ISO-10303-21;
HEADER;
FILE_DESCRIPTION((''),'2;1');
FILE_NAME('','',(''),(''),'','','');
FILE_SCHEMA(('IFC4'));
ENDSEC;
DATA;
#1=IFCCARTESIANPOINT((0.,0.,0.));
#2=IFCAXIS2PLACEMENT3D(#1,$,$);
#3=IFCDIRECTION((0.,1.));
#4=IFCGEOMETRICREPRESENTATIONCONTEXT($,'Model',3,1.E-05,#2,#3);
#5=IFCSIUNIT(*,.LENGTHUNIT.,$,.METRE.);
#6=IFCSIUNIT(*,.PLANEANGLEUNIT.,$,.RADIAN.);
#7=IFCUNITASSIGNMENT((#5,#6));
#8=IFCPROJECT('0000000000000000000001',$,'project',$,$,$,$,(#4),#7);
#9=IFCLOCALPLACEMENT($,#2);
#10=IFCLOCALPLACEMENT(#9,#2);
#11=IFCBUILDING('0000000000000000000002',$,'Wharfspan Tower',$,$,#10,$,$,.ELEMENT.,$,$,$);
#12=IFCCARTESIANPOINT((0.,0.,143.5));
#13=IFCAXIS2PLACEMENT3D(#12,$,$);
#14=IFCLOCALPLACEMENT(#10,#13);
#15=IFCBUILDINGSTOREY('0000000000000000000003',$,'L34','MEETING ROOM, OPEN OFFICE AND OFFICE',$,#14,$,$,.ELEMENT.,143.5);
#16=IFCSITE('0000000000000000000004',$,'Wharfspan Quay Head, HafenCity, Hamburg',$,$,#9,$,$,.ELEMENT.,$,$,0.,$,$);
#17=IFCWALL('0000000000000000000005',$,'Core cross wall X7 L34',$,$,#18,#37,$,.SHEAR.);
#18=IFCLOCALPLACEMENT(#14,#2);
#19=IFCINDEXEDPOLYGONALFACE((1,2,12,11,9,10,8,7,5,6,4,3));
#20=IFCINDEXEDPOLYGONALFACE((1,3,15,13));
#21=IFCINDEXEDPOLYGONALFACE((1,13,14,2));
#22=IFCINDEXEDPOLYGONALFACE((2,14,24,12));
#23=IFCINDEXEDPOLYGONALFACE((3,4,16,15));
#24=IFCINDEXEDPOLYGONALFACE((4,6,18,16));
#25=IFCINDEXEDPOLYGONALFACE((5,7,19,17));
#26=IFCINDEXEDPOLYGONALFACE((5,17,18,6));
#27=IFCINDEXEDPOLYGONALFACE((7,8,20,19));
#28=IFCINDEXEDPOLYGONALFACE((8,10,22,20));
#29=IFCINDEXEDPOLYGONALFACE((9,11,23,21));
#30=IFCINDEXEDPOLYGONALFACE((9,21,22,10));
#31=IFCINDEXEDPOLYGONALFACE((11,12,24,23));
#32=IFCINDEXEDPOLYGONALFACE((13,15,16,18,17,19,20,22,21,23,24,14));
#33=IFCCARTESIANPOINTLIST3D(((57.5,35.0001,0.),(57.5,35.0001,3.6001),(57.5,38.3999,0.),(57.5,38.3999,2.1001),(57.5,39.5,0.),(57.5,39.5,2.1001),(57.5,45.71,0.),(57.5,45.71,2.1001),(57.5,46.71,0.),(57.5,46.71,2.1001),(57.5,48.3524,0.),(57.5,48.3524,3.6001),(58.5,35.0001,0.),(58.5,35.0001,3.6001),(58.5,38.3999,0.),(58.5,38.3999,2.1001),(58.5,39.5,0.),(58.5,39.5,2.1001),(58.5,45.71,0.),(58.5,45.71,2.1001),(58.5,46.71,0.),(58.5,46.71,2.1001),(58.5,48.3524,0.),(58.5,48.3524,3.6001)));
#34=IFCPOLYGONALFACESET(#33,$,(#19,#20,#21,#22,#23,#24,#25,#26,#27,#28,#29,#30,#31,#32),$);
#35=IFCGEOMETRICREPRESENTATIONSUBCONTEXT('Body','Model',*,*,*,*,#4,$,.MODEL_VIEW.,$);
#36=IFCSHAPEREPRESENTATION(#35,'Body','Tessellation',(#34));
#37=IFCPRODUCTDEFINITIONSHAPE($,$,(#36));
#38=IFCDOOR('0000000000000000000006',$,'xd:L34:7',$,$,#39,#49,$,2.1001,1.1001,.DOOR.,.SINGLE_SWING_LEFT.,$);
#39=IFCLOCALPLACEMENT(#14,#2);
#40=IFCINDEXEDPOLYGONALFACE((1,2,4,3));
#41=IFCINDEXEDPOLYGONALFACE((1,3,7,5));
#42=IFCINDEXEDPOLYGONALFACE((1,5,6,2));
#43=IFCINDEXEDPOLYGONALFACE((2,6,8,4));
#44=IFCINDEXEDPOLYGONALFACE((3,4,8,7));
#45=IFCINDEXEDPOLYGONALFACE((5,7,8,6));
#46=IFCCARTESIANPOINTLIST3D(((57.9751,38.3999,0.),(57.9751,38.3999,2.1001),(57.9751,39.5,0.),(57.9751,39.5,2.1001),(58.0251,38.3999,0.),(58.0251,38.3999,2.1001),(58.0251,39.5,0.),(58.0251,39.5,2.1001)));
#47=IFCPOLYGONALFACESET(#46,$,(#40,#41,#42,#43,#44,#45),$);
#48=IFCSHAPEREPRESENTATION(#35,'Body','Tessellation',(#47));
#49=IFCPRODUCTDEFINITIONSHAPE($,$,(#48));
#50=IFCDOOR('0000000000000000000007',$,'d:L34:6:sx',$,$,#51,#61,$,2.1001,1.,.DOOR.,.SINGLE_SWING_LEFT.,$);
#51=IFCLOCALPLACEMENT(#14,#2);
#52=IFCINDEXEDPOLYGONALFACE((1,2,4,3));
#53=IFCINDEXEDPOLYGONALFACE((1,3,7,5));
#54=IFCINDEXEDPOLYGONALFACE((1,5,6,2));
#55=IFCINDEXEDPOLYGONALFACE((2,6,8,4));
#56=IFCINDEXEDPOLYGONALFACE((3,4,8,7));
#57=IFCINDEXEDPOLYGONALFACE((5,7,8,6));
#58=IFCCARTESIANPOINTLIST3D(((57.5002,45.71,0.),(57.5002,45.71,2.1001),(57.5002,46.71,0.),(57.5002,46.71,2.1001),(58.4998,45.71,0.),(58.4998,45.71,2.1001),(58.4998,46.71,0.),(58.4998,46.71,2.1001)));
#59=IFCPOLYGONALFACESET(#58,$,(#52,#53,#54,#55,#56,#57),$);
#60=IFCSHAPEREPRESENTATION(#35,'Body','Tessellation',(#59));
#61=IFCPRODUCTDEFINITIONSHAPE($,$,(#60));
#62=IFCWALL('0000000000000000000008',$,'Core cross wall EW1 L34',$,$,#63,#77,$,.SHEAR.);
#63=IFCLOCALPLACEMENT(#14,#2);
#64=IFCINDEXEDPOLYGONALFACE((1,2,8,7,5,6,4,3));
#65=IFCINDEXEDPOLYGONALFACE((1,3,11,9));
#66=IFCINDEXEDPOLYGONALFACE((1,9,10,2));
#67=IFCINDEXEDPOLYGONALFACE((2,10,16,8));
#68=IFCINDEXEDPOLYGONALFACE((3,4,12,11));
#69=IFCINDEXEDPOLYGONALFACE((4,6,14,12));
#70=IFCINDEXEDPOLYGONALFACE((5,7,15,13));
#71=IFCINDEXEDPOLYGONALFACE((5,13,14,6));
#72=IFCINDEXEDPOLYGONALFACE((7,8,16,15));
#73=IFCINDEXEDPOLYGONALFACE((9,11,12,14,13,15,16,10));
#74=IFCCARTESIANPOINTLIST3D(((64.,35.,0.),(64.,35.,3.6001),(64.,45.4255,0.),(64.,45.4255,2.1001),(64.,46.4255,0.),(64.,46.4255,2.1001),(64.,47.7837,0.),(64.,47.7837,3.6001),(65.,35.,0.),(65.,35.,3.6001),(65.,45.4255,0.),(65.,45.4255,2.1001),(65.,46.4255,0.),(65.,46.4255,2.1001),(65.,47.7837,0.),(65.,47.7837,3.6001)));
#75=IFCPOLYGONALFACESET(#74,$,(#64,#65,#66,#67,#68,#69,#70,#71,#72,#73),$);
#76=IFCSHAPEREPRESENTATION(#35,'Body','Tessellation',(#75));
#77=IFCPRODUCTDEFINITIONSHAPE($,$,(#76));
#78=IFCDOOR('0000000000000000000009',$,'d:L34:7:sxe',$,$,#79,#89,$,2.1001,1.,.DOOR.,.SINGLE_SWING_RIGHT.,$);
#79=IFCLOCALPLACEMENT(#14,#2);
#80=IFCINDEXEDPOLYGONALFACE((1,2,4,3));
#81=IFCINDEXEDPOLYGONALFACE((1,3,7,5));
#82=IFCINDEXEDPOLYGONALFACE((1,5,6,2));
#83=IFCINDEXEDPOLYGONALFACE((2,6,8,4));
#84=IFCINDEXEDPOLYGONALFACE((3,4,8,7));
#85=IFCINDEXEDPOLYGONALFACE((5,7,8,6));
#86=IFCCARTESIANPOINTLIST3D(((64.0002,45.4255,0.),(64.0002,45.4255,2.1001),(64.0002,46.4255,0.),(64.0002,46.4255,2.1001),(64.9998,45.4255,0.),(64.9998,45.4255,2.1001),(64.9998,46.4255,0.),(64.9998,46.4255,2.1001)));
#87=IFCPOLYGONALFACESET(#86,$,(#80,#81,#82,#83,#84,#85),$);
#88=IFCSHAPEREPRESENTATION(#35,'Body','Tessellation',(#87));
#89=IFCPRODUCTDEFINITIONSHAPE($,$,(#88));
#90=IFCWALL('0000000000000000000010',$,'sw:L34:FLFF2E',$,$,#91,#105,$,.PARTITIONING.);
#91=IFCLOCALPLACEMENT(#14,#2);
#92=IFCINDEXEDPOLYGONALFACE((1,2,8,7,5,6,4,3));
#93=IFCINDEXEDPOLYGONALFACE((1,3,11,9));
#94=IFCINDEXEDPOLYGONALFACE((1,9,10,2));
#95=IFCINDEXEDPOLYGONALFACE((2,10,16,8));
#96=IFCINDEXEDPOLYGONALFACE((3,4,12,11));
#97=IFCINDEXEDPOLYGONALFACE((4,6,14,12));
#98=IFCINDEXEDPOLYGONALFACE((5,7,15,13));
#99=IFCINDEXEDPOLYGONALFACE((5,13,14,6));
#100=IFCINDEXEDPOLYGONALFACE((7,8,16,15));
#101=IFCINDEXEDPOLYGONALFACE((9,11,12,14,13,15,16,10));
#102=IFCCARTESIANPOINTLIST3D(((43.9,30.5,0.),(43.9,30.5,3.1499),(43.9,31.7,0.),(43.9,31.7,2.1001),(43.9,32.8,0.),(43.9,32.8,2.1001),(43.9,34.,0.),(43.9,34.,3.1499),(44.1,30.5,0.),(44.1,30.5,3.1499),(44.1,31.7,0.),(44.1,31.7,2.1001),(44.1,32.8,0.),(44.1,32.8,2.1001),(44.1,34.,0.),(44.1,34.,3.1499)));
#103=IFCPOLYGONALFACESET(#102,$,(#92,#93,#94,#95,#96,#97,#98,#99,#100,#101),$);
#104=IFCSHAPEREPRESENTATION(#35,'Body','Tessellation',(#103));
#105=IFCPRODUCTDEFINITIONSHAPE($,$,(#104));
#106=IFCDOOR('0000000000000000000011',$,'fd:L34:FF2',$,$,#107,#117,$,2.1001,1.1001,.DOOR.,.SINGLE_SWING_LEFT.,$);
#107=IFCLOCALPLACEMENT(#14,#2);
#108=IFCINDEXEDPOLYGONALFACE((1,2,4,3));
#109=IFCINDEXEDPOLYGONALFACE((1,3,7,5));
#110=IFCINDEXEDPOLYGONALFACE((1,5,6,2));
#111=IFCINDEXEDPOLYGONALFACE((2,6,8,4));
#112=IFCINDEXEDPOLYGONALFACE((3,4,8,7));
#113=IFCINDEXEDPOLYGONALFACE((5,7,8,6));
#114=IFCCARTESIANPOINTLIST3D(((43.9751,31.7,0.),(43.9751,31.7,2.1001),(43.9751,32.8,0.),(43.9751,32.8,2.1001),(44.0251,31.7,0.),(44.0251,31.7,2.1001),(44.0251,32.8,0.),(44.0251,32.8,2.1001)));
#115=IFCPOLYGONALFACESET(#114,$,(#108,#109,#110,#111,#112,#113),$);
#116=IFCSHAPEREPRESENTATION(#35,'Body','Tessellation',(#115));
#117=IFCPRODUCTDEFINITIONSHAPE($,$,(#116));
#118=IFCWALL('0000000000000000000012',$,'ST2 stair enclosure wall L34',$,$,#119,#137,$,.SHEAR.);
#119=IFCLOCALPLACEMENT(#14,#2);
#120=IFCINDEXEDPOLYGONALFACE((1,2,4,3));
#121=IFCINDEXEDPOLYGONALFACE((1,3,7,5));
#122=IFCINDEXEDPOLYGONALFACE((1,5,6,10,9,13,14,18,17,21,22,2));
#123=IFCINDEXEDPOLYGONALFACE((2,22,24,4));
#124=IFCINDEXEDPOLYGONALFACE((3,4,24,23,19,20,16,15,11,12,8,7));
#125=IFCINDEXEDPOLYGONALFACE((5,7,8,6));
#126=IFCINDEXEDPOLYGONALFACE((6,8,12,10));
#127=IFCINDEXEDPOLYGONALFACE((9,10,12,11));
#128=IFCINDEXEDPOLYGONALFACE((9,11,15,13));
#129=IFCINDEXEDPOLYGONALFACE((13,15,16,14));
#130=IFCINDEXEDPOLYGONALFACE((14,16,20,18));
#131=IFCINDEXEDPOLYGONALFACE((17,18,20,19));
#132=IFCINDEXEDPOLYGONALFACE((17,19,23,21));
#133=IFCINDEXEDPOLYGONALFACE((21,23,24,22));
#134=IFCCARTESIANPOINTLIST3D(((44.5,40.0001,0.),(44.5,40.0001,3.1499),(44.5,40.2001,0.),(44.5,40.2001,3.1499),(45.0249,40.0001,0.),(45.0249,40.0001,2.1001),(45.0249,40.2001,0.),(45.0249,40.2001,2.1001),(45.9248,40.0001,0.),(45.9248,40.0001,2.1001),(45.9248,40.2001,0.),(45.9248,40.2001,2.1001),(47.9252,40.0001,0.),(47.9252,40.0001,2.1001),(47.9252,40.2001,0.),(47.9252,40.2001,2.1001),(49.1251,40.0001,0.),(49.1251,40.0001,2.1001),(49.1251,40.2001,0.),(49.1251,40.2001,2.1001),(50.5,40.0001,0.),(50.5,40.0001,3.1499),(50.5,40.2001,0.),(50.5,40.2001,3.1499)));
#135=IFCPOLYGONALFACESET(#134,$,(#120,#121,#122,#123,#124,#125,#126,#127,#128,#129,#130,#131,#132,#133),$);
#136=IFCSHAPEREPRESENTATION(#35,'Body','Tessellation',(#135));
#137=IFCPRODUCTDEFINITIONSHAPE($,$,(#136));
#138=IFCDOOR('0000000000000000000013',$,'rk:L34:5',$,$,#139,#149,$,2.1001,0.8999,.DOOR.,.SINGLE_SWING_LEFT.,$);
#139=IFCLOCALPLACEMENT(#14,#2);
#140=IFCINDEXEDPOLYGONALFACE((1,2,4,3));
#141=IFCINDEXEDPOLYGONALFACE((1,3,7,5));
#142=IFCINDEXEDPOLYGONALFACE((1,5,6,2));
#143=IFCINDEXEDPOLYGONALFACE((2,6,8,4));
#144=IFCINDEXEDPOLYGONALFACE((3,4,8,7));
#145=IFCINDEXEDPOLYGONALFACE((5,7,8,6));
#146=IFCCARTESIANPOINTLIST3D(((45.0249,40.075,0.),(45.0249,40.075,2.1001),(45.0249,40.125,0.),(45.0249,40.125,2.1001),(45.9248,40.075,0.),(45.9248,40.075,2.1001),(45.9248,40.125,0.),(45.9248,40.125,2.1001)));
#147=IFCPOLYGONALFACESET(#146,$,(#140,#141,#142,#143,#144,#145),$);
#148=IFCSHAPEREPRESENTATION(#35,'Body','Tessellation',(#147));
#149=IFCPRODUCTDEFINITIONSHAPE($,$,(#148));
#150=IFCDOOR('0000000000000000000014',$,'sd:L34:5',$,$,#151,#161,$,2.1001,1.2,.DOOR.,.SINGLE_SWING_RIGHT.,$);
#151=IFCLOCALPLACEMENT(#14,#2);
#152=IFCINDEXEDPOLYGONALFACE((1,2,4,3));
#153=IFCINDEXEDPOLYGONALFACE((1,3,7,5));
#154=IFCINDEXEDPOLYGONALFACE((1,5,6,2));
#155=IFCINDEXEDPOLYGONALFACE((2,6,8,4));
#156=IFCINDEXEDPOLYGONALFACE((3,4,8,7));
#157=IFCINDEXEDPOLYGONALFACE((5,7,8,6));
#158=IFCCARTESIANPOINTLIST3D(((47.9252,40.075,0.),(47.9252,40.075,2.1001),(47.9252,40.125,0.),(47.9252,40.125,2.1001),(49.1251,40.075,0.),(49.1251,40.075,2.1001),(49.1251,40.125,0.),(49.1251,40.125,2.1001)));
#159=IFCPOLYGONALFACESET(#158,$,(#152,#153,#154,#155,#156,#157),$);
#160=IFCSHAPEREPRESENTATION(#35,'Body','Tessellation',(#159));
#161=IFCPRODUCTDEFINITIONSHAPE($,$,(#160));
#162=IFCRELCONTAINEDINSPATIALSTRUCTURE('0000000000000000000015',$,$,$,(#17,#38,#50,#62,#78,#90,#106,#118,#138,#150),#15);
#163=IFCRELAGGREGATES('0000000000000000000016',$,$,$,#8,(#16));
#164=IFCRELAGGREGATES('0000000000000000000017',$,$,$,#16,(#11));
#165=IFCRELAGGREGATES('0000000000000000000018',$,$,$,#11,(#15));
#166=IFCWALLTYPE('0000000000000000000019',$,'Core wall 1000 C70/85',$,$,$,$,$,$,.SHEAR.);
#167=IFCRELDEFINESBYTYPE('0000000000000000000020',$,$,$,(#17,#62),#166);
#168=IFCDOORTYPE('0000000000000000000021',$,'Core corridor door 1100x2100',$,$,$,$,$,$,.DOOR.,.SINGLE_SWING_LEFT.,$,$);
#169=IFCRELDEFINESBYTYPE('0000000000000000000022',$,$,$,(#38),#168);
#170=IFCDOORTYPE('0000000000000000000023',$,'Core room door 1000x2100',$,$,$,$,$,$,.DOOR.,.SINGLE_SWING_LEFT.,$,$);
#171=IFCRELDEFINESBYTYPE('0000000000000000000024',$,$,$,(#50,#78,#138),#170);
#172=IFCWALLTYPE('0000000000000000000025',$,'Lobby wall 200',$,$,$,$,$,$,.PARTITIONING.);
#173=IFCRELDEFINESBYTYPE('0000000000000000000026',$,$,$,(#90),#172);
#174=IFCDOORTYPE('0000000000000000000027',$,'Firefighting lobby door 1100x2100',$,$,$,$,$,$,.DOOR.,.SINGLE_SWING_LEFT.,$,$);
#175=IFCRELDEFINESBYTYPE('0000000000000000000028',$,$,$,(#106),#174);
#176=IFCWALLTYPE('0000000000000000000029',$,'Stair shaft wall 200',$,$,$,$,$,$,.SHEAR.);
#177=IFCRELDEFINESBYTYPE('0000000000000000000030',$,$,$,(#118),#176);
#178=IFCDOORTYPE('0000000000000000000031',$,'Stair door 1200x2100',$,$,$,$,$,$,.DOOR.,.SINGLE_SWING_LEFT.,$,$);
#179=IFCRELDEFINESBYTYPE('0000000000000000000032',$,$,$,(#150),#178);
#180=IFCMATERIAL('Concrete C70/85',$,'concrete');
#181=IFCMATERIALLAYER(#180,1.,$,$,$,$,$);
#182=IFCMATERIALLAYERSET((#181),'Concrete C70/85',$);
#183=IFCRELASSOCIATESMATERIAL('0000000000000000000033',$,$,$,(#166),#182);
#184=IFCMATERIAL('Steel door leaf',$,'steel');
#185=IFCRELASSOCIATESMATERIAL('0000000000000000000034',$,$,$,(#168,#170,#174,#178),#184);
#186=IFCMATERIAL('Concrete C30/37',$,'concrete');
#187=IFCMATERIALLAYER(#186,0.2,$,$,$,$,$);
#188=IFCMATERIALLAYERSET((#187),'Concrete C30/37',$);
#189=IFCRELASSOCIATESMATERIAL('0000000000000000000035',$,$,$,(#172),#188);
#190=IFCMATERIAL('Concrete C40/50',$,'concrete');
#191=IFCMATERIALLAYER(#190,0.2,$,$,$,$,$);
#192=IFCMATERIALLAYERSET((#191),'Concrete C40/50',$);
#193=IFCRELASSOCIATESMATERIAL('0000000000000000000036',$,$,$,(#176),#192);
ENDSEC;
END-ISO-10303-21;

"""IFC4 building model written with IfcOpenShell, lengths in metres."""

from ifc_helpers import new_model, si_unit, direction, frame, frame_2d, origin, place, context, subcontext, project, spatial, rectangle, extrude, material, layer, layer_set, type_object, element, fill, save


model = new_model("IFC4")

# Units and contexts
model_context = context("Model", 3, precision=1e-05, world=origin(), true_north=direction((0.0, 1.0)))
body_context = subcontext(model_context, "Body", "Model", "MODEL_VIEW")
ifc_project = project(units=[si_unit("LENGTHUNIT", "METRE"), si_unit("PLANEANGLEUNIT", "RADIAN")], contexts=[model_context])

# Site, building, storey
site_placement = place(None, origin())
site = spatial("IfcSite", under=ifc_project, at=site_placement, Name="Wharfspan Quay Head, HafenCity, Hamburg", CompositionType="ELEMENT", RefElevation=0.0)
building_placement = place(site_placement, origin())
building = spatial("IfcBuilding", under=site, at=building_placement, Name="Wharfspan Tower", CompositionType="ELEMENT")
storey_placement = place(building_placement, frame((0.0, 0.0, 143.5)))
storey = spatial("IfcBuildingStorey", under=building, at=storey_placement, Name="L34", Description="MEETING ROOM, OPEN OFFICE AND OFFICE", CompositionType="ELEMENT", Elevation=143.5)

# Shared definitions
ifc_material_1 = material(Name="Concrete C70/85", Category="concrete")
ifc_layer_1 = layer(ifc_material_1, 1.0)
ifc_layer_set_1 = layer_set([ifc_layer_1], Name="Concrete C70/85")
wall_type_1 = type_object("IfcWallType", Name="Core wall 1000 C70/85", PredefinedType="SHEAR", material=ifc_layer_set_1)
ifc_material_2 = material(Name="Steel door leaf", Category="steel")
door_type_1 = type_object("IfcDoorType", Name="Core corridor door 1100x2100", OperationType="SINGLE_SWING_LEFT", PredefinedType="DOOR", material=ifc_material_2)
door_type_2 = type_object("IfcDoorType", Name="Core room door 1000x2100", OperationType="SINGLE_SWING_LEFT", PredefinedType="DOOR", material=ifc_material_2)

# Wall, openings, doors
wall_1_placement = place(storey_placement, frame((58.0, 35.0, 0.0), z_axis=(0.0, 0.0, 1.0), x_axis=(0.0, 1.0, 0.0)))
wall_1 = element("IfcWall", 1, at=wall_1_placement, inside=storey, type_object=wall_type_1, Name="Core cross wall X7 L34", PredefinedType="SHEAR", context=body_context, shape_type="SweptSolid", body=[
    extrude(rectangle(XDim=13.3523, YDim=1.0, at=frame_2d((6.6763, 0.0))), origin(), (0.0, 0.0, 1.0), 3.6001),
])
opening_1_placement = place(wall_1_placement, frame((10.71, 0.0, 0.0)))
opening_1 = element("IfcOpeningElement", 2, at=opening_1_placement, cuts=wall_1, PredefinedType="OPENING", context=body_context, shape_type="SweptSolid", body=[
    extrude(rectangle(XDim=1.0, YDim=2.1001, at=frame_2d((0.5, 1.05))), frame((0.0, 0.51, 0.0), z_axis=(0.0, -1.0, 0.0), x_axis=(1.0, 0.0, 0.0)), (0.0, 0.0, 1.0), 1.02),
])
opening_2_placement = place(wall_1_placement, frame((3.3999, 0.0, 0.0)))
opening_2 = element("IfcOpeningElement", 3, at=opening_2_placement, cuts=wall_1, PredefinedType="OPENING", context=body_context, shape_type="SweptSolid", body=[
    extrude(rectangle(XDim=1.1001, YDim=2.1001, at=frame_2d((0.55, 1.05))), frame((0.0, 0.51, 0.0), z_axis=(0.0, -1.0, 0.0), x_axis=(1.0, 0.0, 0.0)), (0.0, 0.0, 1.0), 1.02),
])
door_1_placement = place(opening_2_placement, origin())
door_1 = element("IfcDoor", 4, at=door_1_placement, inside=storey, type_object=door_type_1, Name="xd:L34:7", OperationType="SINGLE_SWING_LEFT", OverallHeight=2.1001, OverallWidth=1.1001, PredefinedType="DOOR", context=body_context, shape_type="SweptSolid", body=[
    extrude(rectangle(XDim=1.1001, YDim=2.1001, at=frame_2d((0.55, 1.05))), frame((0.0, 0.0249, 0.0), z_axis=(0.0, -1.0, 0.0), x_axis=(1.0, 0.0, 0.0)), (0.0, 0.0, 1.0), 0.05),
])
fill(opening_2, door_1)
door_2_placement = place(opening_1_placement, origin())
door_2 = element("IfcDoor", 5, at=door_2_placement, inside=storey, type_object=door_type_2, Name="d:L34:6:sx", OperationType="SINGLE_SWING_LEFT", OverallHeight=2.1001, OverallWidth=1.0, PredefinedType="DOOR", context=body_context, shape_type="SweptSolid", body=[
    extrude(rectangle(XDim=1.0, YDim=2.1001, at=frame_2d((0.5, 1.05))), frame((0.0, 0.4998, 0.0), z_axis=(0.0, -1.0, 0.0), x_axis=(1.0, 0.0, 0.0)), (0.0, 0.0, 1.0), 0.9995),
])
fill(opening_1, door_2)

# Walls, openings, doors
wall_2_placement = place(storey_placement, frame((64.5, 35.0, 0.0), z_axis=(0.0, 0.0, 1.0), x_axis=(0.0, 1.0, 0.0)))
wall_2 = element("IfcWall", 6, at=wall_2_placement, inside=storey, type_object=wall_type_1, Name="Core cross wall EW1 L34", PredefinedType="SHEAR", context=body_context, shape_type="SweptSolid", body=[
    extrude(rectangle(XDim=12.7837, YDim=1.0, at=frame_2d((6.3918, 0.0))), origin(), (0.0, 0.0, 1.0), 3.6001),
])
opening_3_placement = place(wall_2_placement, frame((10.4255, 0.0, 0.0)))
opening_3 = element("IfcOpeningElement", 7, at=opening_3_placement, cuts=wall_2, PredefinedType="OPENING", context=body_context, shape_type="SweptSolid", body=[
    extrude(rectangle(XDim=1.0, YDim=2.1001, at=frame_2d((0.5, 1.05))), frame((0.0, 0.51, 0.0), z_axis=(0.0, -1.0, 0.0), x_axis=(1.0, 0.0, 0.0)), (0.0, 0.0, 1.0), 1.02),
])
door_3_placement = place(opening_3_placement, origin())
door_3 = element("IfcDoor", 8, at=door_3_placement, inside=storey, type_object=door_type_2, Name="d:L34:7:sxe", OperationType="SINGLE_SWING_RIGHT", OverallHeight=2.1001, OverallWidth=1.0, PredefinedType="DOOR", context=body_context, shape_type="SweptSolid", body=[
    extrude(rectangle(XDim=1.0, YDim=2.1001, at=frame_2d((0.5, 1.05))), frame((0.0, 0.4998, 0.0), z_axis=(0.0, -1.0, 0.0), x_axis=(1.0, 0.0, 0.0)), (0.0, 0.0, 1.0), 0.9995),
])
fill(opening_3, door_3)
ifc_material_3 = material(Name="Concrete C30/37", Category="concrete")
ifc_layer_2 = layer(ifc_material_3, 0.2)
ifc_layer_set_2 = layer_set([ifc_layer_2], Name="Concrete C30/37")
wall_type_2 = type_object("IfcWallType", Name="Lobby wall 200", PredefinedType="PARTITIONING", material=ifc_layer_set_2)
wall_3_placement = place(storey_placement, frame((44.0, 30.5, 0.0), z_axis=(0.0, 0.0, 1.0), x_axis=(0.0, 1.0, 0.0)))
wall_3 = element("IfcWall", 9, at=wall_3_placement, inside=storey, type_object=wall_type_2, Name="sw:L34:FLFF2E", PredefinedType="PARTITIONING", context=body_context, shape_type="SweptSolid", body=[
    extrude(rectangle(XDim=3.5, YDim=0.2, at=frame_2d((1.75, 0.0))), origin(), (0.0, 0.0, 1.0), 3.1499),
])
opening_4_placement = place(wall_3_placement, frame((1.2, 0.0, 0.0)))
opening_4 = element("IfcOpeningElement", 10, at=opening_4_placement, cuts=wall_3, PredefinedType="OPENING", context=body_context, shape_type="SweptSolid", body=[
    extrude(rectangle(XDim=1.1001, YDim=2.1001, at=frame_2d((0.55, 1.05))), frame((0.0, 0.1099, 0.0), z_axis=(0.0, -1.0, 0.0), x_axis=(1.0, 0.0, 0.0)), (0.0, 0.0, 1.0), 0.22),
])
door_type_3 = type_object("IfcDoorType", Name="Firefighting lobby door 1100x2100", OperationType="SINGLE_SWING_LEFT", PredefinedType="DOOR", material=ifc_material_2)
door_4_placement = place(opening_4_placement, origin())
door_4 = element("IfcDoor", 11, at=door_4_placement, inside=storey, type_object=door_type_3, Name="fd:L34:FF2", OperationType="SINGLE_SWING_LEFT", OverallHeight=2.1001, OverallWidth=1.1001, PredefinedType="DOOR", context=body_context, shape_type="SweptSolid", body=[
    extrude(rectangle(XDim=1.1001, YDim=2.1001, at=frame_2d((0.55, 1.05))), frame((0.0, 0.0249, 0.0), z_axis=(0.0, -1.0, 0.0), x_axis=(1.0, 0.0, 0.0)), (0.0, 0.0, 1.0), 0.05),
])
fill(opening_4, door_4)

# Wall, openings, doors
ifc_material_4 = material(Name="Concrete C40/50", Category="concrete")
ifc_layer_3 = layer(ifc_material_4, 0.2)
ifc_layer_set_3 = layer_set([ifc_layer_3], Name="Concrete C40/50")
wall_type_3 = type_object("IfcWallType", Name="Stair shaft wall 200", PredefinedType="SHEAR", material=ifc_layer_set_3)
wall_4_placement = place(storey_placement, frame((44.5, 40.1001, 0.0), z_axis=(0.0, 0.0, 1.0), x_axis=(1.0, 0.0, 0.0)))
wall_4 = element("IfcWall", 12, at=wall_4_placement, inside=storey, type_object=wall_type_3, Name="ST2 stair enclosure wall L34", PredefinedType="SHEAR", context=body_context, shape_type="SweptSolid", body=[
    extrude(rectangle(XDim=6.0, YDim=0.2, at=frame_2d((3.0, 0.0))), origin(), (0.0, 0.0, 1.0), 3.1499),
])
opening_5_placement = place(wall_4_placement, frame((3.425, 0.0, 0.0)))
opening_5 = element("IfcOpeningElement", 13, at=opening_5_placement, cuts=wall_4, PredefinedType="OPENING", context=body_context, shape_type="SweptSolid", body=[
    extrude(rectangle(XDim=1.2, YDim=2.1001, at=frame_2d((0.6001, 1.05))), frame((0.0, 0.1099, 0.0), z_axis=(0.0, -1.0, 0.0), x_axis=(1.0, 0.0, 0.0)), (0.0, 0.0, 1.0), 0.22),
])
opening_6_placement = place(wall_4_placement, frame((0.5249, 0.0, 0.0)))
opening_6 = element("IfcOpeningElement", 14, at=opening_6_placement, cuts=wall_4, PredefinedType="OPENING", context=body_context, shape_type="SweptSolid", body=[
    extrude(rectangle(XDim=0.8999, YDim=2.1001, at=frame_2d((0.45, 1.05))), frame((0.0, 0.1099, 0.0), z_axis=(0.0, -1.0, 0.0), x_axis=(1.0, 0.0, 0.0)), (0.0, 0.0, 1.0), 0.22),
])
door_5_placement = place(opening_6_placement, origin())
door_5 = element("IfcDoor", 15, at=door_5_placement, inside=storey, type_object=door_type_2, Name="rk:L34:5", OperationType="SINGLE_SWING_LEFT", OverallHeight=2.1001, OverallWidth=0.8999, PredefinedType="DOOR", context=body_context, shape_type="SweptSolid", body=[
    extrude(rectangle(XDim=0.8999, YDim=2.1001, at=frame_2d((0.45, 1.05))), frame((0.0, 0.0249, 0.0), z_axis=(0.0, -1.0, 0.0), x_axis=(1.0, 0.0, 0.0)), (0.0, 0.0, 1.0), 0.05),
])
fill(opening_6, door_5)
door_type_4 = type_object("IfcDoorType", Name="Stair door 1200x2100", OperationType="SINGLE_SWING_LEFT", PredefinedType="DOOR", material=ifc_material_2)
door_6_placement = place(opening_5_placement, origin())
door_6 = element("IfcDoor", 16, at=door_6_placement, inside=storey, type_object=door_type_4, Name="sd:L34:5", OperationType="SINGLE_SWING_RIGHT", OverallHeight=2.1001, OverallWidth=1.2, PredefinedType="DOOR", context=body_context, shape_type="SweptSolid", body=[
    extrude(rectangle(XDim=1.2, YDim=2.1001, at=frame_2d((0.6001, 1.05))), frame((0.0, 0.0249, 0.0), z_axis=(0.0, -1.0, 0.0), x_axis=(1.0, 0.0, 0.0)), (0.0, 0.0, 1.0), 0.05),
])
fill(opening_5, door_6)

save(model, "model.ifc")
